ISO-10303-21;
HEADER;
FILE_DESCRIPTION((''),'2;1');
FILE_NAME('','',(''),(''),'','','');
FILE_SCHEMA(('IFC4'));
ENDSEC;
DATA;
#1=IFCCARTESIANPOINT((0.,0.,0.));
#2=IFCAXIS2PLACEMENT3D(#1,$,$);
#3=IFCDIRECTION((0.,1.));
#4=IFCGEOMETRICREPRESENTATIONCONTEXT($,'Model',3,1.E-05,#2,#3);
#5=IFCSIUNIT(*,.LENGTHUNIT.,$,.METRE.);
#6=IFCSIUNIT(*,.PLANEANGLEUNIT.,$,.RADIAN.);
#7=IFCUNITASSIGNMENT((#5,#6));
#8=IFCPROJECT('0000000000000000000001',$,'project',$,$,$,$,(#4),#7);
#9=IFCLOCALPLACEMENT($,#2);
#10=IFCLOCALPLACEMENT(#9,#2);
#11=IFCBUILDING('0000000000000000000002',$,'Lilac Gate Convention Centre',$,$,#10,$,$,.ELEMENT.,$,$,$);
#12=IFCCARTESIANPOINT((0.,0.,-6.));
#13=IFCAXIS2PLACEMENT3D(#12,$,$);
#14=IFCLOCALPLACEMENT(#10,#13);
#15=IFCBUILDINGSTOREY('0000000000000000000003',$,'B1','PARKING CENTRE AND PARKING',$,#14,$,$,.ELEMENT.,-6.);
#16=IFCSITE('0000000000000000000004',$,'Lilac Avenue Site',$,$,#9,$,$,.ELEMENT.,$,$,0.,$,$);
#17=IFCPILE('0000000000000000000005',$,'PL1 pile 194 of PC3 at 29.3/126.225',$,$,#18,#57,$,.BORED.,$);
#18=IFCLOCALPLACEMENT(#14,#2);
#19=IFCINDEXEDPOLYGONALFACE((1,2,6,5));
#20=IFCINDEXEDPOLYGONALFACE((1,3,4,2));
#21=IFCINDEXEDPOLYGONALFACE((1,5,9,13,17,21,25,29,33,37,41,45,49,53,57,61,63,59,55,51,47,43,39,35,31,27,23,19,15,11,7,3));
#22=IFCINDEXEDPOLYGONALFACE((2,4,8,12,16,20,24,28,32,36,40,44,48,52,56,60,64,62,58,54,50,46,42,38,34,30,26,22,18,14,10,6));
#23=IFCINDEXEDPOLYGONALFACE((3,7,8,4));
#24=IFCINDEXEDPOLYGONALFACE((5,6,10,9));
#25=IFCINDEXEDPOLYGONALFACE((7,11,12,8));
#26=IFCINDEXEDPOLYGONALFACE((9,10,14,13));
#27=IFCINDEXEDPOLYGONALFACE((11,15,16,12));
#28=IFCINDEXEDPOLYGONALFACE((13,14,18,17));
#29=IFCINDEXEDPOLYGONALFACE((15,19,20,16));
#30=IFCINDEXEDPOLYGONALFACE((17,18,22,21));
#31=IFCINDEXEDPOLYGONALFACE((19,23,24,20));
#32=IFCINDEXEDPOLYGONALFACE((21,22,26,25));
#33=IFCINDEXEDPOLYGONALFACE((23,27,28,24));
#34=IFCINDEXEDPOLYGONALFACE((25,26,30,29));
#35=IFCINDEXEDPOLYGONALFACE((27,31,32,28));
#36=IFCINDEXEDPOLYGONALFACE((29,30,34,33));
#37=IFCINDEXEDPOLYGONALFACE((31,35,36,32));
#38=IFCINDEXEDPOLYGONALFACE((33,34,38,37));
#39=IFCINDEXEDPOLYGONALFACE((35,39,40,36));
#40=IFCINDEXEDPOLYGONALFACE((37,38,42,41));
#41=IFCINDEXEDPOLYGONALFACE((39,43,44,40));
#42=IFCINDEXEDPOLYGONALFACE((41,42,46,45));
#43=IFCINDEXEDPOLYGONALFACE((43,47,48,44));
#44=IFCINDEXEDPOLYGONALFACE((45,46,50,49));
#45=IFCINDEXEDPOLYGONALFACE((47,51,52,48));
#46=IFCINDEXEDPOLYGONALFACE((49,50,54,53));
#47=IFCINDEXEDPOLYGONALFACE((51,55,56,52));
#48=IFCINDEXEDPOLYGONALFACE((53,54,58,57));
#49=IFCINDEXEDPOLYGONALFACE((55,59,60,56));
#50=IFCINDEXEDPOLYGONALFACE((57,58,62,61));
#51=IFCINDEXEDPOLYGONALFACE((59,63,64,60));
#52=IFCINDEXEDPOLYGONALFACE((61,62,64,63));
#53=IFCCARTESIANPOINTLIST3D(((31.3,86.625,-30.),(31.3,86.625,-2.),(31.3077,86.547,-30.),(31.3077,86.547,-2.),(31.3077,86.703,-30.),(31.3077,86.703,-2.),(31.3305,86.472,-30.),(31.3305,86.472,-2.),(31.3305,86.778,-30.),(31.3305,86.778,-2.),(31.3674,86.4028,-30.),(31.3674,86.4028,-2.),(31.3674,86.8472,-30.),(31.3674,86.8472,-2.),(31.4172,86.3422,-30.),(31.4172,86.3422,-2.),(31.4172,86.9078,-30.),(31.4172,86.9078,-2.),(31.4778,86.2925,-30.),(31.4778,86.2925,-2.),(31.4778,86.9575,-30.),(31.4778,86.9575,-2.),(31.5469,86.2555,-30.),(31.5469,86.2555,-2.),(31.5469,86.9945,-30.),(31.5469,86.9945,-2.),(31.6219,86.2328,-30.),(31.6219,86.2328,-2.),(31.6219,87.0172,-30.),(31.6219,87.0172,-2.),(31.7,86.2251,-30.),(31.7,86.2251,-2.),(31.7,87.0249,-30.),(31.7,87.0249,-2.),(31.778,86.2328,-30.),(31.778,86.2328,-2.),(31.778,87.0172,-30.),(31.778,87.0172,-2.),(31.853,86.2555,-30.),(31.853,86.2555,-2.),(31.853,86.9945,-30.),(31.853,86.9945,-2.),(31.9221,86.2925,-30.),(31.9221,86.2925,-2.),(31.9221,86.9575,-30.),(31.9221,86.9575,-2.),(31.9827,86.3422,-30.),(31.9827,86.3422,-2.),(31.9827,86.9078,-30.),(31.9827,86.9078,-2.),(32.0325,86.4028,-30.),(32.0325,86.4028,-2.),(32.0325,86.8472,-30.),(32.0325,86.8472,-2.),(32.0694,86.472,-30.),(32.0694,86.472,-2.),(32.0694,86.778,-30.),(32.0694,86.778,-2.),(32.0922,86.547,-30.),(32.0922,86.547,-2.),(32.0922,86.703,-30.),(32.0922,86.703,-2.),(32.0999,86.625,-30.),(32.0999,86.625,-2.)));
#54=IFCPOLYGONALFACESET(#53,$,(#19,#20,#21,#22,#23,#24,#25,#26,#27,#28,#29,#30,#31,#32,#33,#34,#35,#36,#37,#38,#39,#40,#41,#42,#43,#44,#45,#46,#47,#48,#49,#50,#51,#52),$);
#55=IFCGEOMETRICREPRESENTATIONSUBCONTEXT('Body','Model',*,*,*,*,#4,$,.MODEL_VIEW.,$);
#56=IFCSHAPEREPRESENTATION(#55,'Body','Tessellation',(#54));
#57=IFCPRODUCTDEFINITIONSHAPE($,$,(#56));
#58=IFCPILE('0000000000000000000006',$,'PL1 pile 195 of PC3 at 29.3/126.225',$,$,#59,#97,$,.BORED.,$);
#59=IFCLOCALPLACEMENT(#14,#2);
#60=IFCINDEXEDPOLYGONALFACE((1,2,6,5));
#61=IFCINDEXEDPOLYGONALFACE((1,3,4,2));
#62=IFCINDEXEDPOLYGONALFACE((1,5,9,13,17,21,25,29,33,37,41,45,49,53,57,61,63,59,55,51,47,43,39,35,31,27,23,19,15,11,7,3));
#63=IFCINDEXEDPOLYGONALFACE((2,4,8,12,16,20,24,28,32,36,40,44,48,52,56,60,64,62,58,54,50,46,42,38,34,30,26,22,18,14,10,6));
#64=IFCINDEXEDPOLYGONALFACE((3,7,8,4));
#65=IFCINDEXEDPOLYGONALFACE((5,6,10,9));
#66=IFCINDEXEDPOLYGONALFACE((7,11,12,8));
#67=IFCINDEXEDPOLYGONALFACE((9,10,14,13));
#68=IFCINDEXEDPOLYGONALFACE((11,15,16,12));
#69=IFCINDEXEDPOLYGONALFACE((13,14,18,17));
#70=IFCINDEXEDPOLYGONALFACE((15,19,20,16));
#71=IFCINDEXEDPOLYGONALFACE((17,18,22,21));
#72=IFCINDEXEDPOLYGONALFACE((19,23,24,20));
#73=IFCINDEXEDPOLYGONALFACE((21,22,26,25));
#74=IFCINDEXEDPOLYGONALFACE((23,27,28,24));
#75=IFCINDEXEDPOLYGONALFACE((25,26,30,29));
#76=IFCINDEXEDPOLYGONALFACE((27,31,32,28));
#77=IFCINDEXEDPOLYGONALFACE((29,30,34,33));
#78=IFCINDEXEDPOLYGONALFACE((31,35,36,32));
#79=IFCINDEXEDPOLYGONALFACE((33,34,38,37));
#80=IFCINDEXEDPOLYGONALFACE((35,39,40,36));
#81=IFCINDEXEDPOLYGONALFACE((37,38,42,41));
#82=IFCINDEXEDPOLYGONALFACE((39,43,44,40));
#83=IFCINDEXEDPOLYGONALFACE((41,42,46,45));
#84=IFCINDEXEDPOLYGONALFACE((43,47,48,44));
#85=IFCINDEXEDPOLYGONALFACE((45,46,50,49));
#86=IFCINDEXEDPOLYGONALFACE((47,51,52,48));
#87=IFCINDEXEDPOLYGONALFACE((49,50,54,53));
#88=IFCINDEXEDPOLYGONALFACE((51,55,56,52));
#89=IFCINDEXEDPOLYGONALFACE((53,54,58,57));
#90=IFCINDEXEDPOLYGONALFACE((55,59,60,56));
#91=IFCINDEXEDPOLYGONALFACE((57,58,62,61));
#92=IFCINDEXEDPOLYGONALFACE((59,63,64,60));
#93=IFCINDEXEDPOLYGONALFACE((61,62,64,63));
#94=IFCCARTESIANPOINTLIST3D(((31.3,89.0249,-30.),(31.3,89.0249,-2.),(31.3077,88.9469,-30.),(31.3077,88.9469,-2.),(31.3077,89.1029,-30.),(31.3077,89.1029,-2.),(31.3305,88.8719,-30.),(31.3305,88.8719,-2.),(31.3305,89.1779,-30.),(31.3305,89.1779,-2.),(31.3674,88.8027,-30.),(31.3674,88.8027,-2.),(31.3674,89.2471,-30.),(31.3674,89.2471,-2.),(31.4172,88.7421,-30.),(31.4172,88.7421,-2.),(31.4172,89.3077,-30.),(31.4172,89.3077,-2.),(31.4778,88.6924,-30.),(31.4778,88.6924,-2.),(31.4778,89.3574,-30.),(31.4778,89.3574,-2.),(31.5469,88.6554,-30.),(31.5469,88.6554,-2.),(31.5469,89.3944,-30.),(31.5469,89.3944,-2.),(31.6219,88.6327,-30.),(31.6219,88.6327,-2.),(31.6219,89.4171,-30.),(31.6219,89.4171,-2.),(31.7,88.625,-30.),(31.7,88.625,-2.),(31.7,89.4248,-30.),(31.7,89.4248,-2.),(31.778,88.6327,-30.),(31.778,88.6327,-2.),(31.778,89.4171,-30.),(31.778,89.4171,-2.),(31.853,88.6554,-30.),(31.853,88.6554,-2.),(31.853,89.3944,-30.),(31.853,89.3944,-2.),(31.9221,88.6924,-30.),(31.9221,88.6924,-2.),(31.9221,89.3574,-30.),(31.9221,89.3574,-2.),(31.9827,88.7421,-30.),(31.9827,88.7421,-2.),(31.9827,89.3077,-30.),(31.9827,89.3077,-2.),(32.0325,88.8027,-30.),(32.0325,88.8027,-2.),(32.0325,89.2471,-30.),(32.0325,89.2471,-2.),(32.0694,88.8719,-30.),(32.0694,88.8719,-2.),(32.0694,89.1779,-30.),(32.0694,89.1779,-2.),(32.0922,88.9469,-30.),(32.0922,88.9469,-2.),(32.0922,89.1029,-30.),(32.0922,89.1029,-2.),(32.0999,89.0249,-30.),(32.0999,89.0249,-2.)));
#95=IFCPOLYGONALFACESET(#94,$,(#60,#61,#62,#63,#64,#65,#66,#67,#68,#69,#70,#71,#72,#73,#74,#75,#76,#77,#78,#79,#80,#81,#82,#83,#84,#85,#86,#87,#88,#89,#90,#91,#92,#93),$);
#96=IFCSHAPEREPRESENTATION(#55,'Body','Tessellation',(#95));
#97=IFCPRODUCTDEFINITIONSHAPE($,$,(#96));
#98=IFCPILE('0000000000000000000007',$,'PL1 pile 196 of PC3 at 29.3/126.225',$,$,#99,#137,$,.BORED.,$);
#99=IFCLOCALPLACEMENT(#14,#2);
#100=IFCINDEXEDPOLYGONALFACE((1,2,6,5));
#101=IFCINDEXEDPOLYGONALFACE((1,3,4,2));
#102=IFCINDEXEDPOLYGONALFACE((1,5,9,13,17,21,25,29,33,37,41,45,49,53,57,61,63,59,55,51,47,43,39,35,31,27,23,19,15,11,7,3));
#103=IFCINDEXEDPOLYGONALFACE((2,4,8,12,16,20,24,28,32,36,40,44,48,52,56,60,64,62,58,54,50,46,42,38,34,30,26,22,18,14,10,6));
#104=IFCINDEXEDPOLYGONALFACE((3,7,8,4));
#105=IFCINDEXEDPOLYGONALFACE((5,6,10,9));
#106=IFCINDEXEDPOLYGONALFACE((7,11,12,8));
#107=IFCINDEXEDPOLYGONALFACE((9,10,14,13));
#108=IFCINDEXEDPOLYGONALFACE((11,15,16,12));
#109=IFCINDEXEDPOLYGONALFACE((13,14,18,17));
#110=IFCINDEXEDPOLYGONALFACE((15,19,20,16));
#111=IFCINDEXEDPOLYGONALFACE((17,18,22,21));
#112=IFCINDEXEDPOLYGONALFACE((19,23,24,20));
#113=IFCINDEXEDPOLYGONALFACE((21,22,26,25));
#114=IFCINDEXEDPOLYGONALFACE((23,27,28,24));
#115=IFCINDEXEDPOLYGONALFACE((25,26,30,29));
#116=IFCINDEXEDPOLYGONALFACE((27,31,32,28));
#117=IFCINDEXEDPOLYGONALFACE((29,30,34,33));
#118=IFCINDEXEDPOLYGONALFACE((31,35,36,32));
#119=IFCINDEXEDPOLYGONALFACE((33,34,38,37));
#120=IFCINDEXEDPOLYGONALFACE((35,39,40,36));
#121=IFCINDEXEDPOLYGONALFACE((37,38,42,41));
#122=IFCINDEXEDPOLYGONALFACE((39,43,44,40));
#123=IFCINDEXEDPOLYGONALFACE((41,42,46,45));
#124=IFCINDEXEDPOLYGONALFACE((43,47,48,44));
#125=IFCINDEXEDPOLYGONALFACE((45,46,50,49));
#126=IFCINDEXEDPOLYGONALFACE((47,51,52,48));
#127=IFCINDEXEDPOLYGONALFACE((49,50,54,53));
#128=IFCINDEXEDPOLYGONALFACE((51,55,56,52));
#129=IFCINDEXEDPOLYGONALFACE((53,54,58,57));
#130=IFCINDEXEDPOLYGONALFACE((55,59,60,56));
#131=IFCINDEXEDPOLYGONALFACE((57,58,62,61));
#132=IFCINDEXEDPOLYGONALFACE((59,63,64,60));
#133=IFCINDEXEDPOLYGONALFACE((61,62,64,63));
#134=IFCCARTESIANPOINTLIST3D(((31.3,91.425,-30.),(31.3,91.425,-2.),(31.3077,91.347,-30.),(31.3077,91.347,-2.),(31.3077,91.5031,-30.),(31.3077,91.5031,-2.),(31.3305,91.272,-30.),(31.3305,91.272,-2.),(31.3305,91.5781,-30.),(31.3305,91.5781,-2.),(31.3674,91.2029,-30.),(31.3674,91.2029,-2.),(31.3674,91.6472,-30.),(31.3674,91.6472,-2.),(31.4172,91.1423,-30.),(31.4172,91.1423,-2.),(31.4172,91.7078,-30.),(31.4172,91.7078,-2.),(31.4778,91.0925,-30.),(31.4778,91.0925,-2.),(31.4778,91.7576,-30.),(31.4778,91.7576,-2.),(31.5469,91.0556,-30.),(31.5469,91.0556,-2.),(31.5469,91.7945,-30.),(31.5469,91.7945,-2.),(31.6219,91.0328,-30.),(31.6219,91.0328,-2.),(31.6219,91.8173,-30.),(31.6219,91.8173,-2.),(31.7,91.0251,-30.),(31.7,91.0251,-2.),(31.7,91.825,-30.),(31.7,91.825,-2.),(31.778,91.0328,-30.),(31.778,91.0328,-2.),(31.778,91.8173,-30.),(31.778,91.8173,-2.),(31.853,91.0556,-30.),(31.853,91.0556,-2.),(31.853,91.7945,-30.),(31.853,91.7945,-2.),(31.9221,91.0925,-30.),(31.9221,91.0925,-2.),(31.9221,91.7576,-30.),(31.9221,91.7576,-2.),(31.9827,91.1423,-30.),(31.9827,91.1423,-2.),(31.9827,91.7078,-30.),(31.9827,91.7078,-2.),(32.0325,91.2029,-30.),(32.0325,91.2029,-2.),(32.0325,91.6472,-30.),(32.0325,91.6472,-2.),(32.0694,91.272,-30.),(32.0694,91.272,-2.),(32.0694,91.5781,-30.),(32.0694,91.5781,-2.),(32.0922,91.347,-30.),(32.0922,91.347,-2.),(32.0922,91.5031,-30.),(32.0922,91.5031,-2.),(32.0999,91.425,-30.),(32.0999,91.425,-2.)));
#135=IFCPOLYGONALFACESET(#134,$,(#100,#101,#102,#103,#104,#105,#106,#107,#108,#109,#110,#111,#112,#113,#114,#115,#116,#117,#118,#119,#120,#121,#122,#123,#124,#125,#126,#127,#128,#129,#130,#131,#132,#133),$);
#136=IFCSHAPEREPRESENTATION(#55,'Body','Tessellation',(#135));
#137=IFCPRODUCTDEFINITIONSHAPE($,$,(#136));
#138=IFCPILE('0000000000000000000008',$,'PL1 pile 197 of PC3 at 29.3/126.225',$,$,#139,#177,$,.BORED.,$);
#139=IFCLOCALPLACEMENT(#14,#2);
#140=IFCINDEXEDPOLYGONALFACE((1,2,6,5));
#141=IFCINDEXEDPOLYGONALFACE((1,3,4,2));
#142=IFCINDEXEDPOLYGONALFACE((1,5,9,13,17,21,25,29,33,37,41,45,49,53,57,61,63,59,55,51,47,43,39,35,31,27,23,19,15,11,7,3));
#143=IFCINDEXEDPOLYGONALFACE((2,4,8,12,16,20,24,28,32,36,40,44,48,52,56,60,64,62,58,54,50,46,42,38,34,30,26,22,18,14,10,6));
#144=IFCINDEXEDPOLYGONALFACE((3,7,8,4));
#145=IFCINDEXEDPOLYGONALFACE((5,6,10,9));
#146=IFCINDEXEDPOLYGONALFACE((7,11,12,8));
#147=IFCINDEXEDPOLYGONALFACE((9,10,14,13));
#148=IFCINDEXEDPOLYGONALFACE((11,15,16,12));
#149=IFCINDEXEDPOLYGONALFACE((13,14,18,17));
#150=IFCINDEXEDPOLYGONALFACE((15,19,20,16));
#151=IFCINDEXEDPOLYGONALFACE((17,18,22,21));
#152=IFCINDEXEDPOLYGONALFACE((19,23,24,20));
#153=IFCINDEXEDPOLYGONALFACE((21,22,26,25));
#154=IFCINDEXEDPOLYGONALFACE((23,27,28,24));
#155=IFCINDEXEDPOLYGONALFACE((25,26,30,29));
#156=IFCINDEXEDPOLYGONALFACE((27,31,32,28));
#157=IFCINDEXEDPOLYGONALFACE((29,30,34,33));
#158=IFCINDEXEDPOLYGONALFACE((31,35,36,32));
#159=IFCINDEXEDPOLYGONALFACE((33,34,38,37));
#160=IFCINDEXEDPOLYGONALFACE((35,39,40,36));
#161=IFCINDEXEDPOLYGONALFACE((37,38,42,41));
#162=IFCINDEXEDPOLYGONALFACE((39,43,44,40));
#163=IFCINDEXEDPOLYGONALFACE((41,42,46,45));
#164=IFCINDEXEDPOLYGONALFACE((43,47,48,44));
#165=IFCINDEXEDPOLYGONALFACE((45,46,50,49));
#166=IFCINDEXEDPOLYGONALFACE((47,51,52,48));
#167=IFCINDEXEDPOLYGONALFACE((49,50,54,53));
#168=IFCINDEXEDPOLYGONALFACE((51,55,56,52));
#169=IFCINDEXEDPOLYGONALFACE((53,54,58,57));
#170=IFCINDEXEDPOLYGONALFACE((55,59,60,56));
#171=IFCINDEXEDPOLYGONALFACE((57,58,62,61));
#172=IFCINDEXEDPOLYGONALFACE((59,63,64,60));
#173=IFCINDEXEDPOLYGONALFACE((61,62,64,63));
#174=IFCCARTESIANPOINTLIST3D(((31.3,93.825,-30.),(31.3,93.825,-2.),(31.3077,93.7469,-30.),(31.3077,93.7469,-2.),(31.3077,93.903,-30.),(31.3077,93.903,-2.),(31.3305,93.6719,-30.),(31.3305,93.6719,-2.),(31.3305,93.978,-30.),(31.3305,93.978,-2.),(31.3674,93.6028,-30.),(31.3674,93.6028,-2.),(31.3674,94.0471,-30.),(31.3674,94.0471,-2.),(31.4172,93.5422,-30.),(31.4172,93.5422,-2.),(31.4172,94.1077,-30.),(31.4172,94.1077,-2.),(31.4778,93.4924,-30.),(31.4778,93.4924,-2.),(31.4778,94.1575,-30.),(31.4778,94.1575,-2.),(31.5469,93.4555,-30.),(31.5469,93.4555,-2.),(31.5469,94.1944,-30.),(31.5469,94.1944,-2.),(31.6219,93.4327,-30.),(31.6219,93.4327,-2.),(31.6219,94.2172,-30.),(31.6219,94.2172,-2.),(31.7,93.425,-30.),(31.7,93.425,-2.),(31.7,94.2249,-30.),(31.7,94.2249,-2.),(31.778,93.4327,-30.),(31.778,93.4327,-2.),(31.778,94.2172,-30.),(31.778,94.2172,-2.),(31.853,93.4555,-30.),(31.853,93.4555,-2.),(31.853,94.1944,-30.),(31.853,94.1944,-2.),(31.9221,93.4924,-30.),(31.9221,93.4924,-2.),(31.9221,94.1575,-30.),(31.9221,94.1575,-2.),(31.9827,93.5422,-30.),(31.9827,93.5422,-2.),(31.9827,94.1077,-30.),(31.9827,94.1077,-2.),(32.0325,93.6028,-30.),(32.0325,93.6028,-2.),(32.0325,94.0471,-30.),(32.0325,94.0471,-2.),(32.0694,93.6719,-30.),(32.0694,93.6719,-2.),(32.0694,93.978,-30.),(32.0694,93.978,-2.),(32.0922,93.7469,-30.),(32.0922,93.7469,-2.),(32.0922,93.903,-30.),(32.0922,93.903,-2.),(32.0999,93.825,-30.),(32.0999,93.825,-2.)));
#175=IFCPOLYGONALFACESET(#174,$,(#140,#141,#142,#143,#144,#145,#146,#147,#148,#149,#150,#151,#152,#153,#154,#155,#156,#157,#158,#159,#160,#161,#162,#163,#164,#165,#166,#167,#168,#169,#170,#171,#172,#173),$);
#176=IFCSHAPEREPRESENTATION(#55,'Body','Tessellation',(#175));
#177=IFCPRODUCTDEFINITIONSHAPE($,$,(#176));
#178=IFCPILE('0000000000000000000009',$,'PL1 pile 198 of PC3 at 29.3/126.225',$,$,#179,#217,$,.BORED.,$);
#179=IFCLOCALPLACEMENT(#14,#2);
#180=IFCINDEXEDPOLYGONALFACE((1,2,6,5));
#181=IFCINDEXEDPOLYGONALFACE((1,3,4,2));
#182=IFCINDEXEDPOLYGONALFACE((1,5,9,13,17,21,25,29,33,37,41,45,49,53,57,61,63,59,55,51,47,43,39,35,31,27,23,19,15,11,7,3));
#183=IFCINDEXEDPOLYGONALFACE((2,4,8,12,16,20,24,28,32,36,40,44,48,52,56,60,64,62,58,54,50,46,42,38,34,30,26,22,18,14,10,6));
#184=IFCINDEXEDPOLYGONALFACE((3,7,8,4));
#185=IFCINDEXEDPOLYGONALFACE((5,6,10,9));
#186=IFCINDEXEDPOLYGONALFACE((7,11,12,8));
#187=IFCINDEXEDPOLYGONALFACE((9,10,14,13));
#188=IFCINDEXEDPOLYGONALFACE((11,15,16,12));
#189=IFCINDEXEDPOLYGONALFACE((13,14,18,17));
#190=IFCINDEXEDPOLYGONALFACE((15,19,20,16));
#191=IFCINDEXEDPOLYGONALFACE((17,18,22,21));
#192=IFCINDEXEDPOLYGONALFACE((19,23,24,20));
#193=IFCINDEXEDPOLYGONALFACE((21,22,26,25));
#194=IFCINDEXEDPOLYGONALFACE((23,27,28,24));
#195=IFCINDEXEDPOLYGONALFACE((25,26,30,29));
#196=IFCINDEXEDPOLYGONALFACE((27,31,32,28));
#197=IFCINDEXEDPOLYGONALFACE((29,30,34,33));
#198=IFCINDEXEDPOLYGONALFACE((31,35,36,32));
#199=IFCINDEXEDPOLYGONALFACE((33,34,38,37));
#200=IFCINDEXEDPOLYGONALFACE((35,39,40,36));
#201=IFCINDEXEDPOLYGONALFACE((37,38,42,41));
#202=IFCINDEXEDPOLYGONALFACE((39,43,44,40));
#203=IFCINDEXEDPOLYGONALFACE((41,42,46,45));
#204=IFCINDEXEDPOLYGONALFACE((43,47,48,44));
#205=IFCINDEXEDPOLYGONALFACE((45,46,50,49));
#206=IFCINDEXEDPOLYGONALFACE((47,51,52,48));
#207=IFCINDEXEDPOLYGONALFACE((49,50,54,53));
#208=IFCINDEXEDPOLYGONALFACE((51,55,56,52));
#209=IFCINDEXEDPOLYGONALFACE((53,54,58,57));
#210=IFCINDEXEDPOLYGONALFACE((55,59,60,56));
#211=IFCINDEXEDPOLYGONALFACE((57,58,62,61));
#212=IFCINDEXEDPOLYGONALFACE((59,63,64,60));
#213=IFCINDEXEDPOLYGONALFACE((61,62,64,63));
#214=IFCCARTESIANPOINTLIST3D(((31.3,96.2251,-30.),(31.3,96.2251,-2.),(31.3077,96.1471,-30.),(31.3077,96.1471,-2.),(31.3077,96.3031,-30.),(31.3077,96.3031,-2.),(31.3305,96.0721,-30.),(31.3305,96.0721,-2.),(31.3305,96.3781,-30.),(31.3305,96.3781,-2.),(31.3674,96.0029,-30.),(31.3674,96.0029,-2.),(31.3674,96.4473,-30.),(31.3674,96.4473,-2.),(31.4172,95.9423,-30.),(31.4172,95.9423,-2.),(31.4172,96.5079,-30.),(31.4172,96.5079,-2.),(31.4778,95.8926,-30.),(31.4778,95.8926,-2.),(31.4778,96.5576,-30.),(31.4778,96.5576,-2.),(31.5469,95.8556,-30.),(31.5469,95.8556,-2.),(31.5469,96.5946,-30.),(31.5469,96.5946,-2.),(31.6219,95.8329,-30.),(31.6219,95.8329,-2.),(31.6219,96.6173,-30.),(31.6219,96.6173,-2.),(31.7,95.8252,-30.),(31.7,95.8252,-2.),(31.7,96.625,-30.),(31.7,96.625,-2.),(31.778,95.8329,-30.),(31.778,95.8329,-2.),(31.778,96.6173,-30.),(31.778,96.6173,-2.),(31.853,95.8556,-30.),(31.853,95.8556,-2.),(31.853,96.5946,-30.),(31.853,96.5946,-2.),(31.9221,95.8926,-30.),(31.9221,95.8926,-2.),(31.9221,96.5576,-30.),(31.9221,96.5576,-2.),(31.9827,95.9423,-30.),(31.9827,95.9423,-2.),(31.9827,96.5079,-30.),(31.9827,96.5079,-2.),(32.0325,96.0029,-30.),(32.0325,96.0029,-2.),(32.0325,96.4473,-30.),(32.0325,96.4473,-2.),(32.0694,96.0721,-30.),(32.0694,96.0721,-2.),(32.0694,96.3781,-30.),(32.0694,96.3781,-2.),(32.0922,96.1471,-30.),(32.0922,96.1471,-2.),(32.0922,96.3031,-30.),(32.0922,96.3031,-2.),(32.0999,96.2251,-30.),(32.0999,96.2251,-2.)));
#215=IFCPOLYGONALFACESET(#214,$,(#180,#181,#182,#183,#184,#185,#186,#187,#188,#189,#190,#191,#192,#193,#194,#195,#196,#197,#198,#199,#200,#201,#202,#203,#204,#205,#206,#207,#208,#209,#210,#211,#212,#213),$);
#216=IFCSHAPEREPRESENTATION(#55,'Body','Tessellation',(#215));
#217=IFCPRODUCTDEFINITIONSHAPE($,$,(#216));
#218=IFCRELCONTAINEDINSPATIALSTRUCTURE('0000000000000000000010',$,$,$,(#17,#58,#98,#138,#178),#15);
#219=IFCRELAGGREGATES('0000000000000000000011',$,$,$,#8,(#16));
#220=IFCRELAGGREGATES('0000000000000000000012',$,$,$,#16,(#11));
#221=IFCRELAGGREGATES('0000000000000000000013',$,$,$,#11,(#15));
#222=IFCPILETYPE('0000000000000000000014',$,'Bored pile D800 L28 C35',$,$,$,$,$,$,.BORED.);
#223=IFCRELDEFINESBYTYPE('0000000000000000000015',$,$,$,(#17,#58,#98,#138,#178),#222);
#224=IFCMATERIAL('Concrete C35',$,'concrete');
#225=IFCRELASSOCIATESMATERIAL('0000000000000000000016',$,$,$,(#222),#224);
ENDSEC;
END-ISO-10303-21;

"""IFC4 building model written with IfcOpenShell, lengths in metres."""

from ifc_helpers import new_model, si_unit, direction, frame, origin, origin_2d, place, context, subcontext, project, spatial, circle, extrude, material, material_profile, profile_set, type_object, element, save


model = new_model("IFC4")

# Units and contexts
model_context = context("Model", 3, precision=1e-05, world=origin(), true_north=direction((0.0, 1.0)))
body_context = subcontext(model_context, "Body", "Model", "MODEL_VIEW")
ifc_project = project(units=[si_unit("LENGTHUNIT", "METRE"), si_unit("PLANEANGLEUNIT", "RADIAN")], contexts=[model_context])

# Site, building, storey
site_placement = place(None, origin())
site = spatial("IfcSite", under=ifc_project, at=site_placement, Name="Lilac Avenue Site", CompositionType="ELEMENT", RefElevation=0.0)
building_placement = place(site_placement, origin())
building = spatial("IfcBuilding", under=site, at=building_placement, Name="Lilac Gate Convention Centre", CompositionType="ELEMENT")
storey_placement = place(building_placement, frame((0.0, 0.0, -6.0)))
storey = spatial("IfcBuildingStorey", under=building, at=storey_placement, Name="B1", Description="PARKING CENTRE AND PARKING", CompositionType="ELEMENT", Elevation=-6.0)

# Piles
ifc_material_1 = material(Name="Concrete C35", Category="concrete")
ifc_material_profile_1 = material_profile(ifc_material_1, circle(Radius=0.3999, at=origin_2d()), Name="D800")
ifc_profile_set_1 = profile_set([ifc_material_profile_1], Name="Concrete C35")
pile_type = type_object("IfcPileType", Name="Bored pile D800 L28 C35", PredefinedType="BORED", material=ifc_profile_set_1)
for number, where, z_axis, x_axis, name in (
    (1, (31.7, 86.625, -2.0), (0.0, 0.0, -1.0), (1.0, 0.0, 0.0), "PL1 pile 194 of PC3 at 29.3/126.225"),
    (2, (31.7, 89.0249, -2.0), (0.0, 0.0, -1.0), (1.0, 0.0, 0.0), "PL1 pile 195 of PC3 at 29.3/126.225"),
    (3, (31.7, 91.425, -2.0), (0.0, 0.0, -1.0), (1.0, 0.0, 0.0), "PL1 pile 196 of PC3 at 29.3/126.225"),
    (4, (31.7, 93.825, -2.0), (0.0, 0.0, -1.0), (1.0, 0.0, 0.0), "PL1 pile 197 of PC3 at 29.3/126.225"),
    (5, (31.7, 96.2251, -2.0), (0.0, 0.0, -1.0), (1.0, 0.0, 0.0), "PL1 pile 198 of PC3 at 29.3/126.225"),
):
    element("IfcPile", number, at=place(storey_placement, frame(where, z_axis=z_axis, x_axis=x_axis)), inside=storey, type_object=pile_type, Name=name, PredefinedType="BORED", context=body_context, shape_type="SweptSolid", body=[
        extrude(circle(Radius=0.3999, at=origin_2d()), origin(), (0.0, 0.0, 1.0), 28.0),
    ])

save(model, "model.ifc")
